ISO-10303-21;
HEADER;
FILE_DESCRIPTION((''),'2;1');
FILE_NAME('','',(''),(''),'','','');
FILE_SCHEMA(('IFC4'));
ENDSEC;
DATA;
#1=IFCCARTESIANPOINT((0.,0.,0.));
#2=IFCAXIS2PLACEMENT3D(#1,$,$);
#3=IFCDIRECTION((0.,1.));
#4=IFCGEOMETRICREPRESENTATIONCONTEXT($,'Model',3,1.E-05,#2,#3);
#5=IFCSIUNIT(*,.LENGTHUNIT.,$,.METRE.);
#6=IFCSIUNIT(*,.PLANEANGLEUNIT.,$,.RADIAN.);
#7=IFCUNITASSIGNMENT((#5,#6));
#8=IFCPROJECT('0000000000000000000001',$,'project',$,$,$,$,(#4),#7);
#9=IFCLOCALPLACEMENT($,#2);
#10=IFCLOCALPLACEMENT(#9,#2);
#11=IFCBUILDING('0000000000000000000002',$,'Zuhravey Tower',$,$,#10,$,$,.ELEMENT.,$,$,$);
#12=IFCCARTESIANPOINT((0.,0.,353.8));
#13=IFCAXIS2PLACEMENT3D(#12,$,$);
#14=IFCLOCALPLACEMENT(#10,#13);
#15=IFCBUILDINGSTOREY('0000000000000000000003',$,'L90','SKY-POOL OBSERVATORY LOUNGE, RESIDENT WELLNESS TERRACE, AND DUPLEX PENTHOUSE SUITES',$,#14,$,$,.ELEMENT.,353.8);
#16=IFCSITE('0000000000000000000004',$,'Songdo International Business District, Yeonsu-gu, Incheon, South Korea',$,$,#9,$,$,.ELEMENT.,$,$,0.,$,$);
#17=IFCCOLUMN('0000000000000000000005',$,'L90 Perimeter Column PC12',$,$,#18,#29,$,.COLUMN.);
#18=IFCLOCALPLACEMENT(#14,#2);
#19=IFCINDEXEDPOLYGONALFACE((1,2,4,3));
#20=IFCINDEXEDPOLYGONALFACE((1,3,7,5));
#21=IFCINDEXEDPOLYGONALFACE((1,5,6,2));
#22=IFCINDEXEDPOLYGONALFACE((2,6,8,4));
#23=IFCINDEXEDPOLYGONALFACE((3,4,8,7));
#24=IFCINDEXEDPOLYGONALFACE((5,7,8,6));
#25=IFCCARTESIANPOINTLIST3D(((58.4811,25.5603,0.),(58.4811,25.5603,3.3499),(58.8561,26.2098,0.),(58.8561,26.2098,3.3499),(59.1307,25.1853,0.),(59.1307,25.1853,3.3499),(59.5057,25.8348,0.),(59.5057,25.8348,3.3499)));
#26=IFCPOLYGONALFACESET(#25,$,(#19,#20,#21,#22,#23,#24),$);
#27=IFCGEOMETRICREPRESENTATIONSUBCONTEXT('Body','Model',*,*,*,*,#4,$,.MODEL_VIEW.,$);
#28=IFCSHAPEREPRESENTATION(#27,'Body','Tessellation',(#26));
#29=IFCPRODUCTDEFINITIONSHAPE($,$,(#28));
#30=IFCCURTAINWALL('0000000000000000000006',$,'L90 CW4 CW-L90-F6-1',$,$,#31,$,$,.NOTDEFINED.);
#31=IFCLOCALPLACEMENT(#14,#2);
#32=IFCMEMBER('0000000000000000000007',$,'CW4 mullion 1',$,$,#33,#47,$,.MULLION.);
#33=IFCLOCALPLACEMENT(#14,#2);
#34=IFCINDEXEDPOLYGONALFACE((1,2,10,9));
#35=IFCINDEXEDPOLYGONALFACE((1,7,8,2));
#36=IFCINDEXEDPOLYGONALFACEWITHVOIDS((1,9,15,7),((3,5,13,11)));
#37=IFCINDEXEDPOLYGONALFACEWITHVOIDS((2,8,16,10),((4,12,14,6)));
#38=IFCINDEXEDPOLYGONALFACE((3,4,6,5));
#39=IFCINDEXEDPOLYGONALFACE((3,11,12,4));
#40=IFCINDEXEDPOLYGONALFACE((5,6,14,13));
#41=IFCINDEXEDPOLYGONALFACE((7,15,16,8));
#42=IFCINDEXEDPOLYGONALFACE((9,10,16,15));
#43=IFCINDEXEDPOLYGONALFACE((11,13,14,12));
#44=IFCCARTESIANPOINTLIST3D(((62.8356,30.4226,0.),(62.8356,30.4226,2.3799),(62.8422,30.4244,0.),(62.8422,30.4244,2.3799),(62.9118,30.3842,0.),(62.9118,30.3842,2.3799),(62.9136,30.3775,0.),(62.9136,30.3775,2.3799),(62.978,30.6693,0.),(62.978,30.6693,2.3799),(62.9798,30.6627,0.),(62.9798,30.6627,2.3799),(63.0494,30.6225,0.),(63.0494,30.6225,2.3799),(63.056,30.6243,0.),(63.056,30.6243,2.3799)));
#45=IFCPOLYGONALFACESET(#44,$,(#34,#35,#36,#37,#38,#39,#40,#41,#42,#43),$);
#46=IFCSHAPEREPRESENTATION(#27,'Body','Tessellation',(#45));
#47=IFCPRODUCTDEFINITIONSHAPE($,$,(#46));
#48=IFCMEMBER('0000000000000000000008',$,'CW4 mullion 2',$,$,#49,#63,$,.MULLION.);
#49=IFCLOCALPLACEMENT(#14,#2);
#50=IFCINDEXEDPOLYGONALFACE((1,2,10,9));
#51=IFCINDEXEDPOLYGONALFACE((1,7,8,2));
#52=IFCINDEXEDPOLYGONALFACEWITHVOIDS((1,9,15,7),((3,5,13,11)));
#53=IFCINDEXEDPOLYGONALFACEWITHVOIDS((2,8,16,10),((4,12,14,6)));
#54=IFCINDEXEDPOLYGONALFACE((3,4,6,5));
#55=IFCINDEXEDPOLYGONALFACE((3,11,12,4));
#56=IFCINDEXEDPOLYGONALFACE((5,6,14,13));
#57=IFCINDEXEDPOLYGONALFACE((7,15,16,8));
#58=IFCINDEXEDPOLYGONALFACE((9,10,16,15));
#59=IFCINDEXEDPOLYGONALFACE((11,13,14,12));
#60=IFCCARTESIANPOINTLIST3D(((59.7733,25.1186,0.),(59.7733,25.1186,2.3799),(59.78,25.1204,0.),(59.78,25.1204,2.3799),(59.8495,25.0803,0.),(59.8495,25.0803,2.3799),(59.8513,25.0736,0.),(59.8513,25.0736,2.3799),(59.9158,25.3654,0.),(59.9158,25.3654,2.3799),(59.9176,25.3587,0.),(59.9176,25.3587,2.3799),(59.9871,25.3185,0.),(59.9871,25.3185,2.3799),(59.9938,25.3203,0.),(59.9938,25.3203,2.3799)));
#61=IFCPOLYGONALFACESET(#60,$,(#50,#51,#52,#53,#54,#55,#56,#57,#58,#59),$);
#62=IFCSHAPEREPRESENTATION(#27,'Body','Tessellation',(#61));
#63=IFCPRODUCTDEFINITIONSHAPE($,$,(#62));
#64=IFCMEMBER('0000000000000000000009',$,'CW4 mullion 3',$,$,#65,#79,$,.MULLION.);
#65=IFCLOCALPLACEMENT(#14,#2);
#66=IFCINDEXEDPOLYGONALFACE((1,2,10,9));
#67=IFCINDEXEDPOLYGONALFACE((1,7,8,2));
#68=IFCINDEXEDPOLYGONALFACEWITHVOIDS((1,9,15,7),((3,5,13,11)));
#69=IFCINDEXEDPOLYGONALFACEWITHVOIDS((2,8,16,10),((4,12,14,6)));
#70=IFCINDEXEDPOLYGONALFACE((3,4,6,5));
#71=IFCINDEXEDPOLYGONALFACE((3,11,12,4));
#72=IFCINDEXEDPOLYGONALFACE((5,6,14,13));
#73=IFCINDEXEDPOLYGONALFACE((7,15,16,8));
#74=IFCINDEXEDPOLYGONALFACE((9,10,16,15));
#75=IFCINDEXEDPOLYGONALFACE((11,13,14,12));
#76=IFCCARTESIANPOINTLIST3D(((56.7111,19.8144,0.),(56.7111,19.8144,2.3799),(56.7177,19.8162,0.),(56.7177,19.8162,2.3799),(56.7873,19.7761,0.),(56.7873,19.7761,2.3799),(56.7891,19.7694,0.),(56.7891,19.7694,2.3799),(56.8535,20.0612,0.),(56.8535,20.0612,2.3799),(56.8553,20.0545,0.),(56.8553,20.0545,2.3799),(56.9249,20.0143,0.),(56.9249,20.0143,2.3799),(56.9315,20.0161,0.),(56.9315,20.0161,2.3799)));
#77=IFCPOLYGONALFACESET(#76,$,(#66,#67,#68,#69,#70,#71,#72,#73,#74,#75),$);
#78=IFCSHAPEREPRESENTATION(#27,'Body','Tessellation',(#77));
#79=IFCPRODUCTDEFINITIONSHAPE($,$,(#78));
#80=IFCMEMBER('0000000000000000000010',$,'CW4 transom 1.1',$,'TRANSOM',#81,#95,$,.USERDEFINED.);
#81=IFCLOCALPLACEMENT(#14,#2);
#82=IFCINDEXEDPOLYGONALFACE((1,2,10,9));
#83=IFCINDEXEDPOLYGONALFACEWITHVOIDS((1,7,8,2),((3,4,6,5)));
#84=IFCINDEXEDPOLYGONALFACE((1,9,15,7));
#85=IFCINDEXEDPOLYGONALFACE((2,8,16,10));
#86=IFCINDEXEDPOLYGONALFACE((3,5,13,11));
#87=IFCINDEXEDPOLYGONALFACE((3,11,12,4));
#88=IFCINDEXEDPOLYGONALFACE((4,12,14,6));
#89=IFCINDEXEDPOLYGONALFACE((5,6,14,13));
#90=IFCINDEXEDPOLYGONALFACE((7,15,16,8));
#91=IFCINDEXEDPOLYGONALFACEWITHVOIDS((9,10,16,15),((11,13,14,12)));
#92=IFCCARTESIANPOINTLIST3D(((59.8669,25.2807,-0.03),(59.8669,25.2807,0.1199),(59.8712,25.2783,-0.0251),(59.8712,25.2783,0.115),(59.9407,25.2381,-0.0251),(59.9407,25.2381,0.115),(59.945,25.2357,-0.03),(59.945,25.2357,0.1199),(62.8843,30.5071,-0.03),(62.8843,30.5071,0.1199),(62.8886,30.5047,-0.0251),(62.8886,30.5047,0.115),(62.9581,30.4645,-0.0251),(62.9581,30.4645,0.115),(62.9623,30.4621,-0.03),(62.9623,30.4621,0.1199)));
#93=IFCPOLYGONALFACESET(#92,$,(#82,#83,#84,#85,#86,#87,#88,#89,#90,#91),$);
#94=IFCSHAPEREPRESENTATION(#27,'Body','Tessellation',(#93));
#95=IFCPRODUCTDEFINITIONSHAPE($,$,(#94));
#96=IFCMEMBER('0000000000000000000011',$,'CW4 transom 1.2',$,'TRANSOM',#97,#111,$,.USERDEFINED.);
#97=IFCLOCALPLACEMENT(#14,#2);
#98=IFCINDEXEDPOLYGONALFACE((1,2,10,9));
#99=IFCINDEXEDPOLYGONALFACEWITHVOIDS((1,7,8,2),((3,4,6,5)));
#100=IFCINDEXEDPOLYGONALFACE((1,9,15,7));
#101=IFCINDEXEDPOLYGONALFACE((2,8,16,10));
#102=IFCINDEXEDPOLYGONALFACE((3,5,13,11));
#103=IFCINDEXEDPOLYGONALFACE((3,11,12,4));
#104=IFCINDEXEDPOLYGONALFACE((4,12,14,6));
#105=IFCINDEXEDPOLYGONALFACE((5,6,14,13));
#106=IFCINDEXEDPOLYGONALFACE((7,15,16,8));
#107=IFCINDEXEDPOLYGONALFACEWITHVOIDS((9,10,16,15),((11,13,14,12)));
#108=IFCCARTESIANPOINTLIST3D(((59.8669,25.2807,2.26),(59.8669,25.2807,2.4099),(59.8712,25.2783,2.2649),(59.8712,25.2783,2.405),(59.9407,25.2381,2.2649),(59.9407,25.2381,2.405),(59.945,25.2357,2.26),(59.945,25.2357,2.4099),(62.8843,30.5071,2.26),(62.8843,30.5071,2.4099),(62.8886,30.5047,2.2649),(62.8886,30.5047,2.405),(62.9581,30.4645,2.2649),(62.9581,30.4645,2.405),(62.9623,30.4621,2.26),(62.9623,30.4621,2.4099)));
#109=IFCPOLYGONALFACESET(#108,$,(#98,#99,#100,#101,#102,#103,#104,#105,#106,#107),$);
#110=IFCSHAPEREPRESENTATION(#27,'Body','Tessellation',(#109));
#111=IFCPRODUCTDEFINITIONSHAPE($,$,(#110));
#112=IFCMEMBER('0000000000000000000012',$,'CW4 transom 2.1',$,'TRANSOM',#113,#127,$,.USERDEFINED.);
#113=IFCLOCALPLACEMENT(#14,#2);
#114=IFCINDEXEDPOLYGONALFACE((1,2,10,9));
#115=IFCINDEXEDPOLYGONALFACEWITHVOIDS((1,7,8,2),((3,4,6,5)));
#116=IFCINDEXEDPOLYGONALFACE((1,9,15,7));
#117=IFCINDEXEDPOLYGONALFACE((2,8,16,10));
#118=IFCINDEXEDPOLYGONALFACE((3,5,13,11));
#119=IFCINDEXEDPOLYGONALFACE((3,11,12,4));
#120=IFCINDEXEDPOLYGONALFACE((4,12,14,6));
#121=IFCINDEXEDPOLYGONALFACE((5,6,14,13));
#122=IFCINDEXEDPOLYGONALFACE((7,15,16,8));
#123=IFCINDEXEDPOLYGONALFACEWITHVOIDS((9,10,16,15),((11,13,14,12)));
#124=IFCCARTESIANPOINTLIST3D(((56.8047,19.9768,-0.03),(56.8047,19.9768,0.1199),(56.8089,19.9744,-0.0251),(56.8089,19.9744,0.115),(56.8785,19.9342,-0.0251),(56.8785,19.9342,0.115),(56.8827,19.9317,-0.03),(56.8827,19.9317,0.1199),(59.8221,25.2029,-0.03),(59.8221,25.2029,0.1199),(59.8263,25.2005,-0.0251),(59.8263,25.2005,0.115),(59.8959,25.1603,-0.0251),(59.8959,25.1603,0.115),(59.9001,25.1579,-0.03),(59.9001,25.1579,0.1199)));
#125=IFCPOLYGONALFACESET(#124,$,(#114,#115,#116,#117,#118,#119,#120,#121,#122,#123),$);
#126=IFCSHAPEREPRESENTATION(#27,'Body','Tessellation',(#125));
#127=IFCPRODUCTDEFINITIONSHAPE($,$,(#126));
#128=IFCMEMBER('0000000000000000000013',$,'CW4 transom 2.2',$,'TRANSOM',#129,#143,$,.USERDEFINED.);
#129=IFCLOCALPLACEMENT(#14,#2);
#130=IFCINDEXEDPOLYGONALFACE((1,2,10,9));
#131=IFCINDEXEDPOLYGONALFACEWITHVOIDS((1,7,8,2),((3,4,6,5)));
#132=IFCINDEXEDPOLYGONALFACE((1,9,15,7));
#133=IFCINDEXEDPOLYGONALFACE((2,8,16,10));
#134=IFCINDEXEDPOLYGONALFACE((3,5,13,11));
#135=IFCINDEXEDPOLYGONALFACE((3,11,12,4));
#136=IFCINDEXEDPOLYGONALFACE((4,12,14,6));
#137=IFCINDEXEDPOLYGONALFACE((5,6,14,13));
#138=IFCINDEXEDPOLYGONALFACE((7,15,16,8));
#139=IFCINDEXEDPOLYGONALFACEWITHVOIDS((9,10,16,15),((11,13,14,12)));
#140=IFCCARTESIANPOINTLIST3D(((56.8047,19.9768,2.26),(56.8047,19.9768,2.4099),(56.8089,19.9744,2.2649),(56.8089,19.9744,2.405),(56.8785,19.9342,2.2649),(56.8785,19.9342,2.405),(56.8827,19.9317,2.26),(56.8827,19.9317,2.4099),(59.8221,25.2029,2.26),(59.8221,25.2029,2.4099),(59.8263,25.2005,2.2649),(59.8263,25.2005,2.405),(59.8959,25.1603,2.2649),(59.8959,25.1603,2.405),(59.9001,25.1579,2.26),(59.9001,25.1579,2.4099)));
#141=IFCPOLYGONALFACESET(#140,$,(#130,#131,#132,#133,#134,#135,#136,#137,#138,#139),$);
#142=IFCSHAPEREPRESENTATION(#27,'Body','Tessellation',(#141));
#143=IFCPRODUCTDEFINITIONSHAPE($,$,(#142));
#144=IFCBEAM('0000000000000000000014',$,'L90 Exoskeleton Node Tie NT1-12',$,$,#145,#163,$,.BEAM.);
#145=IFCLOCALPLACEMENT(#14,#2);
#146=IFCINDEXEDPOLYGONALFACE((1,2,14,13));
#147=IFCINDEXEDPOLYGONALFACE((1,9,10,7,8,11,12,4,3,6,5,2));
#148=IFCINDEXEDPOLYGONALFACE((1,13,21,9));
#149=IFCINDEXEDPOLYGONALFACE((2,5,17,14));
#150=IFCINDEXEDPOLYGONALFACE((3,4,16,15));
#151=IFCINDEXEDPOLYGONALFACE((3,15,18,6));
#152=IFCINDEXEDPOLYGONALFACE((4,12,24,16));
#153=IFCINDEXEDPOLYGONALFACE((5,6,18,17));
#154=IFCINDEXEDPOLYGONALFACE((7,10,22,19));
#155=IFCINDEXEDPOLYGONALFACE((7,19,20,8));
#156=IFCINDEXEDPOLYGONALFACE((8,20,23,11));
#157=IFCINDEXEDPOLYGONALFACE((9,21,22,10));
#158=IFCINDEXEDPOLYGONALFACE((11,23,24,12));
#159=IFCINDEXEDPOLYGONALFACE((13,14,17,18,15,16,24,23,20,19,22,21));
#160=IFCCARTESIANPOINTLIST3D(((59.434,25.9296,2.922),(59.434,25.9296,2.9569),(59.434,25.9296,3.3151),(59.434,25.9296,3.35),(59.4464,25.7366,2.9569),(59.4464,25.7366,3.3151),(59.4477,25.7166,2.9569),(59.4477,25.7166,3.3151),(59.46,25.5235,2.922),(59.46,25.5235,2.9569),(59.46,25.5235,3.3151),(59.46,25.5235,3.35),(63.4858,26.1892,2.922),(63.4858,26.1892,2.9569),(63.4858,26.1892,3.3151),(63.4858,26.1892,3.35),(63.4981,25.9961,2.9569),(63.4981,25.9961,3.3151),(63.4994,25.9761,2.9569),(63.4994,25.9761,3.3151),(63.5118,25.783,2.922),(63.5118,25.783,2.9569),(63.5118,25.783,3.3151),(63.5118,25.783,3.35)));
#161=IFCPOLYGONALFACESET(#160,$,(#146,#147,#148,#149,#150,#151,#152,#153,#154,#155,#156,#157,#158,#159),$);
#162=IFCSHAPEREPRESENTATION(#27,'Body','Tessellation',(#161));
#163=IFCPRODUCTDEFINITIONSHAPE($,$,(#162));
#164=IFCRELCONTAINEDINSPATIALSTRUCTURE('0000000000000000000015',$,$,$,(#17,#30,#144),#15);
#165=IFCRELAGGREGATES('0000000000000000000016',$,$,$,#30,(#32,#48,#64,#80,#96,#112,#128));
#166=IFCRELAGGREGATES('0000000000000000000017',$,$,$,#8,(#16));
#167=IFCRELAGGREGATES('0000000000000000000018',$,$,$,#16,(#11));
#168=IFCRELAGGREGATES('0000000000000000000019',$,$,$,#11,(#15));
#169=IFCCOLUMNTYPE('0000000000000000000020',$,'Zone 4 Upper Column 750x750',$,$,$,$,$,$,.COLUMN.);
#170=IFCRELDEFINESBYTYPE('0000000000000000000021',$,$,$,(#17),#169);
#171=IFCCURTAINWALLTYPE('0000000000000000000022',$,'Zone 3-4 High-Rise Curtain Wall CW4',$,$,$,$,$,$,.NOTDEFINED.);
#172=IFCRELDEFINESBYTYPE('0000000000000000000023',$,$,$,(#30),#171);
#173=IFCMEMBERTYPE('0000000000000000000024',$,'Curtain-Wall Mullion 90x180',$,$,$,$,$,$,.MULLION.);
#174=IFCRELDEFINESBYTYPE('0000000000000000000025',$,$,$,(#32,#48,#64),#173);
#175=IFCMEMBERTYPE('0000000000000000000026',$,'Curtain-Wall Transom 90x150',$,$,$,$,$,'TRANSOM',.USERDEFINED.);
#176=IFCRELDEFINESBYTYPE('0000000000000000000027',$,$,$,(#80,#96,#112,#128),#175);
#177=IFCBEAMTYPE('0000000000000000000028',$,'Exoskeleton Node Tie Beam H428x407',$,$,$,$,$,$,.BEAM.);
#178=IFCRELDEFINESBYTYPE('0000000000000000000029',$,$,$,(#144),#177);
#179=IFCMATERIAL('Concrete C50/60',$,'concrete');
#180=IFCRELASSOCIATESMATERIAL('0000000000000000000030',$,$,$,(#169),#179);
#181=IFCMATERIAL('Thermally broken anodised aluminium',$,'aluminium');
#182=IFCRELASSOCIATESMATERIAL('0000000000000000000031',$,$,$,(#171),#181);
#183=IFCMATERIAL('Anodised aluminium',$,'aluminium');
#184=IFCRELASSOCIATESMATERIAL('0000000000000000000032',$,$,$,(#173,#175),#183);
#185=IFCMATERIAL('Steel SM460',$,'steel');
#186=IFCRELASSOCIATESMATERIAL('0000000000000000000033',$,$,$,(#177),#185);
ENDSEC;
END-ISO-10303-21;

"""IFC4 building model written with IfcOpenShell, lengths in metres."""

from ifc_helpers import new_model, si_unit, direction, frame, origin, origin_2d, place, context, subcontext, project, spatial, rectangle, hollow_rectangle, i_section, extrude, material, material_profile, profile_set, type_object, element, aggregate, save


model = new_model("IFC4")

# Units and contexts
model_context = context("Model", 3, precision=1e-05, world=origin(), true_north=direction((0.0, 1.0)))
body_context = subcontext(model_context, "Body", "Model", "MODEL_VIEW")
ifc_project = project(units=[si_unit("LENGTHUNIT", "METRE"), si_unit("PLANEANGLEUNIT", "RADIAN")], contexts=[model_context])

# Site, building, storey
site_placement = place(None, origin())
site = spatial("IfcSite", under=ifc_project, at=site_placement, Name="Songdo International Business District, Yeonsu-gu, Incheon, South Korea", CompositionType="ELEMENT", RefElevation=0.0)
building_placement = place(site_placement, origin())
building = spatial("IfcBuilding", under=site, at=building_placement, Name="Zuhravey Tower", CompositionType="ELEMENT")
storey_placement = place(building_placement, frame((0.0, 0.0, 353.8)))
storey = spatial("IfcBuildingStorey", under=building, at=storey_placement, Name="L90", Description="SKY-POOL OBSERVATORY LOUNGE, RESIDENT WELLNESS TERRACE, AND DUPLEX PENTHOUSE SUITES", CompositionType="ELEMENT", Elevation=353.8)

# Column
ifc_material_1 = material(Name="Concrete C50/60", Category="concrete")
ifc_material_profile_1 = material_profile(ifc_material_1, rectangle(XDim=0.75, YDim=0.75, at=origin_2d()), Name="RC-750x750")
ifc_profile_set_1 = profile_set([ifc_material_profile_1], Name="Concrete C50/60")
column_type = type_object("IfcColumnType", Name="Zone 4 Upper Column 750x750", PredefinedType="COLUMN", material=ifc_profile_set_1)
column_placement = place(storey_placement, frame((58.9934, 25.6975, 0.0), z_axis=(0.0, 0.0, 1.0), x_axis=(0.5, 0.866025, 0.0)))
element("IfcColumn", 1, at=column_placement, inside=storey, type_object=column_type, Name="L90 Perimeter Column PC12", PredefinedType="COLUMN", context=body_context, shape_type="SweptSolid", body=[
    extrude(rectangle(XDim=0.75, YDim=0.75, at=origin_2d()), origin(), (0.0, 0.0, 1.0), 3.3499),
])

# Curtain wall, members
ifc_material_2 = material(Name="Thermally broken anodised aluminium", Category="aluminium")
curtain_wall_type = type_object("IfcCurtainWallType", Name="Zone 3-4 High-Rise Curtain Wall CW4", PredefinedType="NOTDEFINED", material=ifc_material_2)
curtain_wall_placement = place(storey_placement, origin())
curtain_wall = element("IfcCurtainWall", 2, at=curtain_wall_placement, inside=storey, type_object=curtain_wall_type, Name="L90 CW4 CW-L90-F6-1", PredefinedType="NOTDEFINED")
ifc_material_3 = material(Name="Anodised aluminium", Category="aluminium")
ifc_material_profile_2 = material_profile(ifc_material_3, hollow_rectangle(XDim=0.0901, YDim=0.2849, WallThickness=0.0049, at=origin_2d()), Name="ALU-RHS-90x285x5")
ifc_profile_set_2 = profile_set([ifc_material_profile_2], Name="Anodised aluminium")
member_type_1 = type_object("IfcMemberType", Name="Curtain-Wall Mullion 90x180", PredefinedType="MULLION", material=ifc_profile_set_2)
member_1_placement = place(storey_placement, frame((62.9458, 30.5234, 0.0), z_axis=(0.0, 0.0, 1.0), x_axis=(0.866026, -0.499999, 0.0)))
member_1 = element("IfcMember", 3, at=member_1_placement, type_object=member_type_1, Name="CW4 mullion 1", PredefinedType="MULLION", context=body_context, shape_type="SweptSolid", body=[
    extrude(hollow_rectangle(XDim=0.0901, YDim=0.2849, WallThickness=0.0049, at=origin_2d()), origin(), (0.0, 0.0, 1.0), 2.3799),
])
member_2_placement = place(storey_placement, frame((59.8835, 25.2195, 0.0), z_axis=(0.0, 0.0, 1.0), x_axis=(0.866026, -0.499999, 0.0)))
member_2 = element("IfcMember", 4, at=member_2_placement, type_object=member_type_1, Name="CW4 mullion 2", PredefinedType="MULLION", context=body_context, shape_type="SweptSolid", body=[
    extrude(hollow_rectangle(XDim=0.0901, YDim=0.2849, WallThickness=0.0049, at=origin_2d()), origin(), (0.0, 0.0, 1.0), 2.3799),
])
member_3_placement = place(storey_placement, frame((56.8213, 19.9153, 0.0), z_axis=(0.0, 0.0, 1.0), x_axis=(0.866026, -0.499999, 0.0)))
member_3 = element("IfcMember", 5, at=member_3_placement, type_object=member_type_1, Name="CW4 mullion 3", PredefinedType="MULLION", context=body_context, shape_type="SweptSolid", body=[
    extrude(hollow_rectangle(XDim=0.0901, YDim=0.2849, WallThickness=0.0049, at=origin_2d()), origin(), (0.0, 0.0, 1.0), 2.3799),
])
ifc_material_profile_3 = material_profile(ifc_material_3, hollow_rectangle(XDim=0.0901, YDim=0.1499, WallThickness=0.0049, at=origin_2d()), Name="ALU-RHS-90x150x5")
ifc_profile_set_3 = profile_set([ifc_material_profile_3], Name="Anodised aluminium")
member_type_2 = type_object("IfcMemberType", Name="Curtain-Wall Transom 90x150", ElementType="TRANSOM", PredefinedType="USERDEFINED", material=ifc_profile_set_3)
member_4_placement = place(storey_placement, frame((62.9233, 30.4846, 0.0449), z_axis=(-0.49999, -0.866031, 0.0), x_axis=(0.866031, -0.49999, 0.0)))
member_4 = element("IfcMember", 6, at=member_4_placement, type_object=member_type_2, Name="CW4 transom 1.1", ObjectType="TRANSOM", PredefinedType="USERDEFINED", context=body_context, shape_type="SweptSolid", body=[
    extrude(hollow_rectangle(XDim=0.0901, YDim=0.1499, WallThickness=0.0049, at=origin_2d()), origin(), (0.0, 0.0, 1.0), 6.0349),
])
member_5_placement = place(storey_placement, frame((62.9233, 30.4846, 2.335), z_axis=(-0.49999, -0.866031, 0.0), x_axis=(0.866031, -0.49999, 0.0)))
member_5 = element("IfcMember", 7, at=member_5_placement, type_object=member_type_2, Name="CW4 transom 1.2", ObjectType="TRANSOM", PredefinedType="USERDEFINED", context=body_context, shape_type="SweptSolid", body=[
    extrude(hollow_rectangle(XDim=0.0901, YDim=0.1499, WallThickness=0.0049, at=origin_2d()), origin(), (0.0, 0.0, 1.0), 6.0349),
])
member_6_placement = place(storey_placement, frame((59.8611, 25.1804, 0.0449), z_axis=(-0.500007, -0.866021, 0.0), x_axis=(0.866021, -0.500007, 0.0)))
member_6 = element("IfcMember", 8, at=member_6_placement, type_object=member_type_2, Name="CW4 transom 2.1", ObjectType="TRANSOM", PredefinedType="USERDEFINED", context=body_context, shape_type="SweptSolid", body=[
    extrude(hollow_rectangle(XDim=0.0901, YDim=0.1499, WallThickness=0.0049, at=origin_2d()), origin(), (0.0, 0.0, 1.0), 6.0347),
])
member_7_placement = place(storey_placement, frame((59.8611, 25.1804, 2.335), z_axis=(-0.500007, -0.866021, 0.0), x_axis=(0.866021, -0.500007, 0.0)))
member_7 = element("IfcMember", 9, at=member_7_placement, type_object=member_type_2, Name="CW4 transom 2.2", ObjectType="TRANSOM", PredefinedType="USERDEFINED", context=body_context, shape_type="SweptSolid", body=[
    extrude(hollow_rectangle(XDim=0.0901, YDim=0.1499, WallThickness=0.0049, at=origin_2d()), origin(), (0.0, 0.0, 1.0), 6.0347),
])

# Beam
ifc_material_4 = material(Name="Steel SM460", Category="steel")
ifc_material_profile_4 = material_profile(ifc_material_4, i_section(OverallWidth=0.407, OverallDepth=0.428, WebThickness=0.02, FlangeThickness=0.0349, at=origin_2d()), Name="H-428x407x20x35")
ifc_profile_set_4 = profile_set([ifc_material_profile_4], Name="Steel SM460")
beam_type_1 = type_object("IfcBeamType", Name="Exoskeleton Node Tie Beam H428x407", PredefinedType="BEAM", material=ifc_profile_set_4)
beam_1_placement = place(storey_placement, frame((59.447, 25.7266, 3.136), z_axis=(0.997955, 0.063921, 0.0), x_axis=(-0.063921, 0.997955, 0.0)))
element("IfcBeam", 10, at=beam_1_placement, inside=storey, type_object=beam_type_1, Name="L90 Exoskeleton Node Tie NT1-12", PredefinedType="BEAM", context=body_context, shape_type="SweptSolid", body=[
    extrude(i_section(OverallWidth=0.407, OverallDepth=0.428, WebThickness=0.02, FlangeThickness=0.0349, at=origin_2d()), origin(), (0.0, 0.0, 1.0), 4.0601),
])

aggregate(curtain_wall, [member_1, member_2, member_3, member_4, member_5, member_6, member_7])

save(model, "model.ifc")
